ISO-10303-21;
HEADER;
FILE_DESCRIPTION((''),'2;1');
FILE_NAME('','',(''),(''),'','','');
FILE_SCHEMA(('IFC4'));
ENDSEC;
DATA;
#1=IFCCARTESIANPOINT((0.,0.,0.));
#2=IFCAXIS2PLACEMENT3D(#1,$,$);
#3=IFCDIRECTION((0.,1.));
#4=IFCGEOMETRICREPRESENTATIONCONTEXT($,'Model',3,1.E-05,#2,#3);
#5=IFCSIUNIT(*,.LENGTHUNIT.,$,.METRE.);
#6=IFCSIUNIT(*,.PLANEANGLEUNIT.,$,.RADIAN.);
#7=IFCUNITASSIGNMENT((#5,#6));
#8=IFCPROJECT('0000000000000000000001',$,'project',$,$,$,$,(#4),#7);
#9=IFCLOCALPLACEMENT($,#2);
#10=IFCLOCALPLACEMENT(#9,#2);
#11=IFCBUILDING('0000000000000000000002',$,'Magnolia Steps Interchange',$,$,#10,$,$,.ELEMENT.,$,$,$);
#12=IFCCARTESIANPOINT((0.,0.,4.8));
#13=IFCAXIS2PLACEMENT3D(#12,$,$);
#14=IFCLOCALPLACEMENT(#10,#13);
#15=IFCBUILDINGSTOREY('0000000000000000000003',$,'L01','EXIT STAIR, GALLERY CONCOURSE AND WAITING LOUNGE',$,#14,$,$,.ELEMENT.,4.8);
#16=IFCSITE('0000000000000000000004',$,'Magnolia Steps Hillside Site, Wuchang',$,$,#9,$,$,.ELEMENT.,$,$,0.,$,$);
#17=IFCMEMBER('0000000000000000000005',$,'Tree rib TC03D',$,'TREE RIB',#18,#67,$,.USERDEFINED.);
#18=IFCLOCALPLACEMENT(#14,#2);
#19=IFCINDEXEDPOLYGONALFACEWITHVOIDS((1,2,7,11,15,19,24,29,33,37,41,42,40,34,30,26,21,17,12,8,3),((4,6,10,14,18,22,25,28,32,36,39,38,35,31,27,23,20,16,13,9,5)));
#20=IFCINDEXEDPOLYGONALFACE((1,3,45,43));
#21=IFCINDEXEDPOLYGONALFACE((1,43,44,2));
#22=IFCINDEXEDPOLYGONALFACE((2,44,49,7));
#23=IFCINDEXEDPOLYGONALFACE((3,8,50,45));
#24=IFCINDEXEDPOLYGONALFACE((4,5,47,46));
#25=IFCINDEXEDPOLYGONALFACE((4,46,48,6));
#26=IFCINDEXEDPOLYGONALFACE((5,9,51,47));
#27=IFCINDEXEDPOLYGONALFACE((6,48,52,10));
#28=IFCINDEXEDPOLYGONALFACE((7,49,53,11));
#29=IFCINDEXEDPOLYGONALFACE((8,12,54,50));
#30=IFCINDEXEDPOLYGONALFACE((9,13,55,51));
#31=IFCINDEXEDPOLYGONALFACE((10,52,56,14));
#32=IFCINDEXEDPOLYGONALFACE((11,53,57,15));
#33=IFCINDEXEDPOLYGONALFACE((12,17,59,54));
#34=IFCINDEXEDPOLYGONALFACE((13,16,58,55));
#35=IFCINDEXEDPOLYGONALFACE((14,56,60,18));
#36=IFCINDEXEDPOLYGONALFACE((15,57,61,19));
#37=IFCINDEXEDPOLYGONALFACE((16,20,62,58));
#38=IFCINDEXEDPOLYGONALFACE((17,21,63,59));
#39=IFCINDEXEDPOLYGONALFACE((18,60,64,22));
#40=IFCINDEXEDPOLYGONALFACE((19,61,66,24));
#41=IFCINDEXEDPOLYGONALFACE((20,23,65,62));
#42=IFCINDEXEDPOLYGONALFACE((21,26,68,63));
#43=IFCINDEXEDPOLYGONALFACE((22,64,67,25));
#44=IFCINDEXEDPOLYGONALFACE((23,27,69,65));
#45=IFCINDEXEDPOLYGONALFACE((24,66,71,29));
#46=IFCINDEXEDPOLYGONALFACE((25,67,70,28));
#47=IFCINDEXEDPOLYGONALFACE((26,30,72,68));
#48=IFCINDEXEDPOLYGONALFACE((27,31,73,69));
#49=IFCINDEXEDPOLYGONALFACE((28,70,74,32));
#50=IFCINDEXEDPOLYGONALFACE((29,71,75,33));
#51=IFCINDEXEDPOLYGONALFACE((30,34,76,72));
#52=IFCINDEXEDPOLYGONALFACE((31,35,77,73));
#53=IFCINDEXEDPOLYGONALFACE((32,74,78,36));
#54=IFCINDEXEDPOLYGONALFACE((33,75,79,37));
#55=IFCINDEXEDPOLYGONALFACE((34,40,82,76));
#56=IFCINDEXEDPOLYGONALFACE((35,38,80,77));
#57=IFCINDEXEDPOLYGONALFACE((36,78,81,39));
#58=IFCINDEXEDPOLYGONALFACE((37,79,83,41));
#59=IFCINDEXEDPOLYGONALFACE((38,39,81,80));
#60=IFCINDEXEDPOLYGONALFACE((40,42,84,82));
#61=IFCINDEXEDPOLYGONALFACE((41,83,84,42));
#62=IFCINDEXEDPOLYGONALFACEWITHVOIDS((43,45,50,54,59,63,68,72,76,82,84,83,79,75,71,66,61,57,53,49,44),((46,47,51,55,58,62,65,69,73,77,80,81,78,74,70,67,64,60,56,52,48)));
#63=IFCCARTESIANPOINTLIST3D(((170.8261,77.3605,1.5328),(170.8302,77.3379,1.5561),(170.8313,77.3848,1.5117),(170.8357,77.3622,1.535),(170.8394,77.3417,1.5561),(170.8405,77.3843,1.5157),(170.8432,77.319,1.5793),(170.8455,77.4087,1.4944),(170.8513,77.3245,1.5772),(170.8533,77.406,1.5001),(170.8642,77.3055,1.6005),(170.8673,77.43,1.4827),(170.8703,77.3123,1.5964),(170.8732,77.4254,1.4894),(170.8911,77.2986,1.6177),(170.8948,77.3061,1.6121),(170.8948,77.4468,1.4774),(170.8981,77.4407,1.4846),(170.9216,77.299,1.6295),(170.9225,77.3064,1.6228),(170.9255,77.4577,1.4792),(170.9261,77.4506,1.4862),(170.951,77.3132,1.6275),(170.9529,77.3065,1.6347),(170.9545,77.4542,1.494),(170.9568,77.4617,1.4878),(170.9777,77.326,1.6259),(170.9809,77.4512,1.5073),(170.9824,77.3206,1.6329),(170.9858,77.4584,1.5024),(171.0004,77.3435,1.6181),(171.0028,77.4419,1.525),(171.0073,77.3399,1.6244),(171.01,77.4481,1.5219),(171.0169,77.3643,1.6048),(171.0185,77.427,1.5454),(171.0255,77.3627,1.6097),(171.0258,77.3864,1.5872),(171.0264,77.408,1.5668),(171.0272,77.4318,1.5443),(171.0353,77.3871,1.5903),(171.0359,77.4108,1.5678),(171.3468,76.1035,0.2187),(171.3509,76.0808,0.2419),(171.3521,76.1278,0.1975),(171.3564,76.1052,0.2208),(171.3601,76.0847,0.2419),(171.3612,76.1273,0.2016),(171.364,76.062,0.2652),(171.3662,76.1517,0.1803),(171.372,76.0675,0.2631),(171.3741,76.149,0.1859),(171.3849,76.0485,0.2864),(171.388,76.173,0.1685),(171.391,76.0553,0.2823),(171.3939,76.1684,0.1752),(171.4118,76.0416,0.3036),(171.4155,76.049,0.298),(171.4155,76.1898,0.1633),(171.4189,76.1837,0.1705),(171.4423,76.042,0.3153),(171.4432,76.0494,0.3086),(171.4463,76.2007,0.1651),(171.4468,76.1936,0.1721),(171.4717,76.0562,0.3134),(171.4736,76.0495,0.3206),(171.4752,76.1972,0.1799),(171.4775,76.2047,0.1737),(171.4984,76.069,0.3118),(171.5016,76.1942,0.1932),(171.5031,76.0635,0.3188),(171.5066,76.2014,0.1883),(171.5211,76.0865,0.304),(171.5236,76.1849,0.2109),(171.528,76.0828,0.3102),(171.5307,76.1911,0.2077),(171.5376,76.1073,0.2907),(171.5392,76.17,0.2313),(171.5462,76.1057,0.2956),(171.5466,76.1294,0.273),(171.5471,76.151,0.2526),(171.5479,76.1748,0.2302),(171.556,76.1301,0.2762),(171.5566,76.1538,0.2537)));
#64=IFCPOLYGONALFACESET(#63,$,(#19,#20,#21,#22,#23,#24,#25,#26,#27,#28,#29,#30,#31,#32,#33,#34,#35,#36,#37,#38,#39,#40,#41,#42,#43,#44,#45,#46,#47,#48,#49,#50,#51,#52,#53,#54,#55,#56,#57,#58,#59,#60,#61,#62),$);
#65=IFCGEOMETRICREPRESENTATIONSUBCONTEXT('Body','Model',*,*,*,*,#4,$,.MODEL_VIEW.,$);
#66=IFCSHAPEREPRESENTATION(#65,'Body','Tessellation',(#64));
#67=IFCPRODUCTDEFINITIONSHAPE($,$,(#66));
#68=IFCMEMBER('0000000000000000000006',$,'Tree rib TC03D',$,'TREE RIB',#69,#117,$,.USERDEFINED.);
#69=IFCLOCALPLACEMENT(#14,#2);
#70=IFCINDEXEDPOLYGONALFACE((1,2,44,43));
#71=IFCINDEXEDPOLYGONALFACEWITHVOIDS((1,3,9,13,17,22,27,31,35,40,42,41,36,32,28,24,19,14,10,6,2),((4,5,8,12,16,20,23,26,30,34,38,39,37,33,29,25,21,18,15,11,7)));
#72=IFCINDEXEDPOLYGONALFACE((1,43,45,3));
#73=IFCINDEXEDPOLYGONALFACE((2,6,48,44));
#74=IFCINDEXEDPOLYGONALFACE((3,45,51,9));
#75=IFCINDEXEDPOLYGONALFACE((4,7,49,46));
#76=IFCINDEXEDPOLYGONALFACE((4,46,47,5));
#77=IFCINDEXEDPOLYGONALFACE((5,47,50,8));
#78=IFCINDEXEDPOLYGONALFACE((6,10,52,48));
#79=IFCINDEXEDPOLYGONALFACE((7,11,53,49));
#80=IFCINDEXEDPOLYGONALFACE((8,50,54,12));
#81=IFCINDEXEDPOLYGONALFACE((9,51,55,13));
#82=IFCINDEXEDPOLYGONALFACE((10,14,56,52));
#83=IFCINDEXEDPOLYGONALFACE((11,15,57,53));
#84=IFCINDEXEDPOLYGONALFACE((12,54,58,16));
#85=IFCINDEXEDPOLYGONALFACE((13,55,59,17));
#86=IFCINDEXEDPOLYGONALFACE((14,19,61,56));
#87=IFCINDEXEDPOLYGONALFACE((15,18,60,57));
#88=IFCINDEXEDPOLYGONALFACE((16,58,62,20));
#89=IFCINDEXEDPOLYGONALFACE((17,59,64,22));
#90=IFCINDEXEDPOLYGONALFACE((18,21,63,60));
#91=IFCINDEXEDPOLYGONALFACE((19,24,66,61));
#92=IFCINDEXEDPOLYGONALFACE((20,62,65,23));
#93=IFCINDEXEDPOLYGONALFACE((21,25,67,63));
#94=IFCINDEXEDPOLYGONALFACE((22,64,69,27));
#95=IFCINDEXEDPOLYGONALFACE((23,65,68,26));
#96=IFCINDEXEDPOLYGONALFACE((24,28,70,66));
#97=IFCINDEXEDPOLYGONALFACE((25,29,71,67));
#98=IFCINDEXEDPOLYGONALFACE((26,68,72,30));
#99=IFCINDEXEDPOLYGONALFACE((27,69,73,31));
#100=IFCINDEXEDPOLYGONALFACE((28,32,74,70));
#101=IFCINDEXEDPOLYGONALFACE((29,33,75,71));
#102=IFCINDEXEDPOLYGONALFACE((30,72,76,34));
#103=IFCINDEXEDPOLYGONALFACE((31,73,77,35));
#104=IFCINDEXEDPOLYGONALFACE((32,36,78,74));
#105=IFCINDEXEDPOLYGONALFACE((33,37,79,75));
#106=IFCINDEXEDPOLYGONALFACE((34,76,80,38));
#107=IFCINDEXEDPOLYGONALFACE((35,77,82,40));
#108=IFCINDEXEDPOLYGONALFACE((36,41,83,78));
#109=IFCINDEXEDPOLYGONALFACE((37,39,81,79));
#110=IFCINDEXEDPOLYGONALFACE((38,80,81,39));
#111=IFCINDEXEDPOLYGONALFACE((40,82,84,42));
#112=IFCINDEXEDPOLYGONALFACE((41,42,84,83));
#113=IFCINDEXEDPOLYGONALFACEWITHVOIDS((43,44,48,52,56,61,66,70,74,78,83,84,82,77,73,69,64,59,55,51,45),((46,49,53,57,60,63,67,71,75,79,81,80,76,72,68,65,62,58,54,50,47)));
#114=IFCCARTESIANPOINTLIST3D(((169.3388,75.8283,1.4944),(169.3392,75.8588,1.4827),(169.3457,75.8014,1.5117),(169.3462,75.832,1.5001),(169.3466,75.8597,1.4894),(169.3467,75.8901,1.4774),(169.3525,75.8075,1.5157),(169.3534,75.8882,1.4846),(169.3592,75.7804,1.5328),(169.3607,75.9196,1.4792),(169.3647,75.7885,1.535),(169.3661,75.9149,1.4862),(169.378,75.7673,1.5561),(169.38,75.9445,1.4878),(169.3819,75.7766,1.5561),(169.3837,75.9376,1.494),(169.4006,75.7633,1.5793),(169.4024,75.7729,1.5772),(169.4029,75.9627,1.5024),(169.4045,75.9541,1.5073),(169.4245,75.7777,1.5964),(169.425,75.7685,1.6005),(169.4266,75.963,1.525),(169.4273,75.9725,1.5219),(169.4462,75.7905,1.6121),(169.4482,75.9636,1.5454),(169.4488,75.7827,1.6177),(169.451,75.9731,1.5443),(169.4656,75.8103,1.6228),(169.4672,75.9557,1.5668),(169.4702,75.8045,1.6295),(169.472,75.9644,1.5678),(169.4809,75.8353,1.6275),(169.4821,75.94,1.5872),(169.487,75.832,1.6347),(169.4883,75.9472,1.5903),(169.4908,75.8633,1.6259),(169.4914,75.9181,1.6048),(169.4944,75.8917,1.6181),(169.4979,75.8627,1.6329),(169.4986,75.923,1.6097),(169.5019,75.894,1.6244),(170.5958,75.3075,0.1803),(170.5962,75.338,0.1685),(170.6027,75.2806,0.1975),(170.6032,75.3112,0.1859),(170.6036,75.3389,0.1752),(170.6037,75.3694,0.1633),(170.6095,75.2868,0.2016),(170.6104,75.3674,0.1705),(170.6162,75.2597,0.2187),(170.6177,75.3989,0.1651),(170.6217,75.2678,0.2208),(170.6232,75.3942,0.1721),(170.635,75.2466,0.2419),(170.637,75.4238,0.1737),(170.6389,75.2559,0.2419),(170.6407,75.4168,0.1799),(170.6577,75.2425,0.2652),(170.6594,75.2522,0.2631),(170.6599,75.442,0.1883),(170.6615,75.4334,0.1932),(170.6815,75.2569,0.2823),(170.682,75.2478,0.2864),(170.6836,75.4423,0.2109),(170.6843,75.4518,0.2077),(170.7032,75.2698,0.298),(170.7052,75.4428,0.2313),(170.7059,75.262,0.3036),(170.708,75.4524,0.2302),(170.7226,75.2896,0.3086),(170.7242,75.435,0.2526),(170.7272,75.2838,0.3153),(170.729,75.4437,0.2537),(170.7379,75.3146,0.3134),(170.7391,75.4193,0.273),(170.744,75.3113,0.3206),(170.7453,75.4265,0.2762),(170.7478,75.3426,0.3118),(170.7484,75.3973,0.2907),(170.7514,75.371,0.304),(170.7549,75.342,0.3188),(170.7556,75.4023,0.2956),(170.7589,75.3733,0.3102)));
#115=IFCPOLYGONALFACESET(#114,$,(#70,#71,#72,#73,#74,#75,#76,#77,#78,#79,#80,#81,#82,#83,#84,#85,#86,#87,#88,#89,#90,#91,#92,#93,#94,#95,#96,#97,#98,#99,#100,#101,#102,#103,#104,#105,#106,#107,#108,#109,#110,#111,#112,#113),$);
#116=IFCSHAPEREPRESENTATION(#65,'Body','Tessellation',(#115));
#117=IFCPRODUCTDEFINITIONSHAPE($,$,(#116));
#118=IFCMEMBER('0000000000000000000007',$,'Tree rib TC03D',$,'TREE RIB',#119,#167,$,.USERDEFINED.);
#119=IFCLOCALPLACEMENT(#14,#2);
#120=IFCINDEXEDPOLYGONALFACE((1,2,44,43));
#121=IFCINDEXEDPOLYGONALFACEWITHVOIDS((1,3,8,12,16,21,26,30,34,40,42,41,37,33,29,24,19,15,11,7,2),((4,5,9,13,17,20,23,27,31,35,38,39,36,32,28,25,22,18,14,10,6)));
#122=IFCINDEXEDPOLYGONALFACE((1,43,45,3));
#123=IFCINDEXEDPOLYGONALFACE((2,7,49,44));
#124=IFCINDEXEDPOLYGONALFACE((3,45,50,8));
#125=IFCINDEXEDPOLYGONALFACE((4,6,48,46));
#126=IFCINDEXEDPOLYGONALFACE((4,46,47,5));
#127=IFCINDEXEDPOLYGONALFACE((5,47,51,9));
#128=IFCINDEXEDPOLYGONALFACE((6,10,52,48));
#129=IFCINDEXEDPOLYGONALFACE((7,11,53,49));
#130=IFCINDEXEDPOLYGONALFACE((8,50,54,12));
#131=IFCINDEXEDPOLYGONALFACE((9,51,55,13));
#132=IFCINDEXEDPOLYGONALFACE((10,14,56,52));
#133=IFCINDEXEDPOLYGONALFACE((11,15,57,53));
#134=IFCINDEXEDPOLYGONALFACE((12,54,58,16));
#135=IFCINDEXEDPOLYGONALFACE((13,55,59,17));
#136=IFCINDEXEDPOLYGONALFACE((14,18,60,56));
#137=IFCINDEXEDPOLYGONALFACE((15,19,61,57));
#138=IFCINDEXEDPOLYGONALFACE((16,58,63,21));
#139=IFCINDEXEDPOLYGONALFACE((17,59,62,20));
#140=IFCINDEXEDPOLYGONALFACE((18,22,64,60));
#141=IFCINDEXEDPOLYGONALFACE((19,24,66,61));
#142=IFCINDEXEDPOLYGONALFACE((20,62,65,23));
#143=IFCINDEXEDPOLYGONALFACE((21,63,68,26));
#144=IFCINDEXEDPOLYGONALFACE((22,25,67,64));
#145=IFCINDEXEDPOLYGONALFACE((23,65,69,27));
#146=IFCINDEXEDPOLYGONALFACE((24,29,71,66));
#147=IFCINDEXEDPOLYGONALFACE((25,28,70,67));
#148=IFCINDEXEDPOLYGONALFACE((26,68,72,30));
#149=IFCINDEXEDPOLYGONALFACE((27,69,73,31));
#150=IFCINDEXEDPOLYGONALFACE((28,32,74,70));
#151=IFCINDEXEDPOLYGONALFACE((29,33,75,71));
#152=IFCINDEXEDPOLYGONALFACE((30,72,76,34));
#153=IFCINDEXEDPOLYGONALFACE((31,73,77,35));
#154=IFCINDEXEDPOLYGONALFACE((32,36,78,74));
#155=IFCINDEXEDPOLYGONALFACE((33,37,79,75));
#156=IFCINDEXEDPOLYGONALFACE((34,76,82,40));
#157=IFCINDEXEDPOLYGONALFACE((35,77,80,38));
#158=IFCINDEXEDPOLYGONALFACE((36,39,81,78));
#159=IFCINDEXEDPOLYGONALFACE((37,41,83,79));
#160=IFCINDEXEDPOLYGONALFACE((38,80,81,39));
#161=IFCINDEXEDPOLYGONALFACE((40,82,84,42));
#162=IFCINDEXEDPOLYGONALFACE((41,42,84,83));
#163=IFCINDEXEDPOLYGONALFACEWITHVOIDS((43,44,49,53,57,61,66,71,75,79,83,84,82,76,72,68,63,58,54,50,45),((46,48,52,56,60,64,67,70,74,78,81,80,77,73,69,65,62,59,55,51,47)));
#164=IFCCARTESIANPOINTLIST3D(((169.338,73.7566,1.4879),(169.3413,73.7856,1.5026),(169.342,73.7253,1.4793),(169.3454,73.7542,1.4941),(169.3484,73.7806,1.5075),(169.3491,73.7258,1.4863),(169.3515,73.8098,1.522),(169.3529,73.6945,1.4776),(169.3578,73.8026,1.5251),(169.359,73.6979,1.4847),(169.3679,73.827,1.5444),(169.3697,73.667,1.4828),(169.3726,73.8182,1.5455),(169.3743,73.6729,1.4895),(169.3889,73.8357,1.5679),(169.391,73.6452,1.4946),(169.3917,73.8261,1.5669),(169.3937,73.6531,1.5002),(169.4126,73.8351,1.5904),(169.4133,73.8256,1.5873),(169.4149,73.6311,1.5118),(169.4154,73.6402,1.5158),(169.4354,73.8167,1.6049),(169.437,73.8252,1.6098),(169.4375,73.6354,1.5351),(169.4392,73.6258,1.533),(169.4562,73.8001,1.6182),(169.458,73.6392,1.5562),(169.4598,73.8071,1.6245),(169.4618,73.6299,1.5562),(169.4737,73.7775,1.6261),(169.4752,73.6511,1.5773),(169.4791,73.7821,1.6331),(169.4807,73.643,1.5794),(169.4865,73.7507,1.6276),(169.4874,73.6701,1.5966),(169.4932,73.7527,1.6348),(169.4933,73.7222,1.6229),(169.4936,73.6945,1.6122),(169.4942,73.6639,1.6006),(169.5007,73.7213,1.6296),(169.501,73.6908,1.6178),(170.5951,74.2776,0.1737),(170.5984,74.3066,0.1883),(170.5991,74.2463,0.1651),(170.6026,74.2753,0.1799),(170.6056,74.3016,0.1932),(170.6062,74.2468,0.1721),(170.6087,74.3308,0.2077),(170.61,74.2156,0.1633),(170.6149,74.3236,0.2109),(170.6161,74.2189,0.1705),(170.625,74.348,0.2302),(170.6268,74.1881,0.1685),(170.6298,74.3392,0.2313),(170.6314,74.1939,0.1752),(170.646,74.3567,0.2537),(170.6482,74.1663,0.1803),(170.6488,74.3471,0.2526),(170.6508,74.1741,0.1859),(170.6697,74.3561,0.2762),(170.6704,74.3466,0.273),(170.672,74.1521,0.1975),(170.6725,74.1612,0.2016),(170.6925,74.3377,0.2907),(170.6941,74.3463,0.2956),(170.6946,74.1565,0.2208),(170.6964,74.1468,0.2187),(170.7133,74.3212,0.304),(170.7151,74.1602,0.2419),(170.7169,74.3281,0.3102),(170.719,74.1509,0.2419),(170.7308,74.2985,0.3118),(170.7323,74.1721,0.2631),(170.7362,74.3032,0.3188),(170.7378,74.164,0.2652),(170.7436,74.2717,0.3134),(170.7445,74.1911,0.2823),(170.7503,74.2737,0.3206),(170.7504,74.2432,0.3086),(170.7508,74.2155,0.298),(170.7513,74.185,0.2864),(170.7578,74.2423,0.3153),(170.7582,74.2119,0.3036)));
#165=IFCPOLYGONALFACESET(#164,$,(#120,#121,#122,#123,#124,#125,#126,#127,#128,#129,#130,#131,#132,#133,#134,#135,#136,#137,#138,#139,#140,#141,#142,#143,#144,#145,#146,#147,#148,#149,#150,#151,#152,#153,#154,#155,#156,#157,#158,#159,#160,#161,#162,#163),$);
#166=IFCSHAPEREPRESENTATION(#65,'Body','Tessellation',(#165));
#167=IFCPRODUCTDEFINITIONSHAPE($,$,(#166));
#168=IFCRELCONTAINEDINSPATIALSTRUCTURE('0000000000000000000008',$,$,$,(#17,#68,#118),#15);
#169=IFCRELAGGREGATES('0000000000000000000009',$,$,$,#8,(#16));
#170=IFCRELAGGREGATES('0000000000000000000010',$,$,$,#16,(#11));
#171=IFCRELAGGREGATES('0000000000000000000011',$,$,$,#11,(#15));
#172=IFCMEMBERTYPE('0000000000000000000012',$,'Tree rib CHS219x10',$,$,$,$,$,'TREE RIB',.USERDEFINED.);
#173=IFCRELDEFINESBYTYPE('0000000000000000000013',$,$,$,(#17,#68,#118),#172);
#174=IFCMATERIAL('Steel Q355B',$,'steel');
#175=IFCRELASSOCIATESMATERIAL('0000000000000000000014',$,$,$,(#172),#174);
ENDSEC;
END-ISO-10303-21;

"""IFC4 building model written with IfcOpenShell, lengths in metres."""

from ifc_helpers import new_model, si_unit, direction, frame, origin, origin_2d, place, context, subcontext, project, spatial, hollow_circle, extrude, material, material_profile, profile_set, type_object, element, save


model = new_model("IFC4")

# Units and contexts
model_context = context("Model", 3, precision=1e-05, world=origin(), true_north=direction((0.0, 1.0)))
body_context = subcontext(model_context, "Body", "Model", "MODEL_VIEW")
ifc_project = project(units=[si_unit("LENGTHUNIT", "METRE"), si_unit("PLANEANGLEUNIT", "RADIAN")], contexts=[model_context])

# Site, building, storey
site_placement = place(None, origin())
site = spatial("IfcSite", under=ifc_project, at=site_placement, Name="Magnolia Steps Hillside Site, Wuchang", CompositionType="ELEMENT", RefElevation=0.0)
building_placement = place(site_placement, origin())
building = spatial("IfcBuilding", under=site, at=building_placement, Name="Magnolia Steps Interchange", CompositionType="ELEMENT")
storey_placement = place(building_placement, frame((0.0, 0.0, 4.8)))
storey = spatial("IfcBuildingStorey", under=building, at=storey_placement, Name="L01", Description="EXIT STAIR, GALLERY CONCOURSE AND WAITING LOUNGE", CompositionType="ELEMENT", Elevation=4.8)

# Members
ifc_material_1 = material(Name="Steel Q355B", Category="steel")
ifc_material_profile_1 = material_profile(ifc_material_1, hollow_circle(Radius=0.1096, WallThickness=0.01, at=origin_2d()), Name="CHS219x10")
ifc_profile_set_1 = profile_set([ifc_material_profile_1], Name="Steel Q355B")
member_type = type_object("IfcMemberType", Name="Tree rib CHS219x10", ElementType="TREE RIB", PredefinedType="USERDEFINED", material=ifc_profile_set_1)
for number, where, z_axis, x_axis, name in (
    (1, (171.4521, 76.1228, 0.2419), (-0.275281, 0.664519, 0.694719), (-0.923866, -0.382716, 0.0), "Tree rib TC03D"),
    (2, (170.677, 75.3479, 0.2419), (-0.664519, 0.275281, 0.694719), (-0.382716, -0.923866, 0.0), "Tree rib TC03D"),
):
    element("IfcMember", number, at=place(storey_placement, frame(where, z_axis=z_axis, x_axis=x_axis)), inside=storey, type_object=member_type, Name=name, ObjectType="TREE RIB", PredefinedType="USERDEFINED", context=body_context, shape_type="SweptSolid", body=[
        extrude(hollow_circle(Radius=0.1096, WallThickness=0.01, at=origin_2d()), origin(), (0.0, 0.0, 1.0), 1.8916),
    ])
member_1_placement = place(storey_placement, frame((170.677, 74.2522, 0.2419), z_axis=(-0.664496, -0.2754, 0.694694), x_axis=(0.382869, -0.923802, 0.0)))
element("IfcMember", 3, at=member_1_placement, inside=storey, type_object=member_type, Name="Tree rib TC03D", ObjectType="TREE RIB", PredefinedType="USERDEFINED", context=body_context, shape_type="SweptSolid", body=[
    extrude(hollow_circle(Radius=0.1096, WallThickness=0.01, at=origin_2d()), origin(), (0.0, 0.0, 1.0), 1.8918),
])

save(model, "model.ifc")
